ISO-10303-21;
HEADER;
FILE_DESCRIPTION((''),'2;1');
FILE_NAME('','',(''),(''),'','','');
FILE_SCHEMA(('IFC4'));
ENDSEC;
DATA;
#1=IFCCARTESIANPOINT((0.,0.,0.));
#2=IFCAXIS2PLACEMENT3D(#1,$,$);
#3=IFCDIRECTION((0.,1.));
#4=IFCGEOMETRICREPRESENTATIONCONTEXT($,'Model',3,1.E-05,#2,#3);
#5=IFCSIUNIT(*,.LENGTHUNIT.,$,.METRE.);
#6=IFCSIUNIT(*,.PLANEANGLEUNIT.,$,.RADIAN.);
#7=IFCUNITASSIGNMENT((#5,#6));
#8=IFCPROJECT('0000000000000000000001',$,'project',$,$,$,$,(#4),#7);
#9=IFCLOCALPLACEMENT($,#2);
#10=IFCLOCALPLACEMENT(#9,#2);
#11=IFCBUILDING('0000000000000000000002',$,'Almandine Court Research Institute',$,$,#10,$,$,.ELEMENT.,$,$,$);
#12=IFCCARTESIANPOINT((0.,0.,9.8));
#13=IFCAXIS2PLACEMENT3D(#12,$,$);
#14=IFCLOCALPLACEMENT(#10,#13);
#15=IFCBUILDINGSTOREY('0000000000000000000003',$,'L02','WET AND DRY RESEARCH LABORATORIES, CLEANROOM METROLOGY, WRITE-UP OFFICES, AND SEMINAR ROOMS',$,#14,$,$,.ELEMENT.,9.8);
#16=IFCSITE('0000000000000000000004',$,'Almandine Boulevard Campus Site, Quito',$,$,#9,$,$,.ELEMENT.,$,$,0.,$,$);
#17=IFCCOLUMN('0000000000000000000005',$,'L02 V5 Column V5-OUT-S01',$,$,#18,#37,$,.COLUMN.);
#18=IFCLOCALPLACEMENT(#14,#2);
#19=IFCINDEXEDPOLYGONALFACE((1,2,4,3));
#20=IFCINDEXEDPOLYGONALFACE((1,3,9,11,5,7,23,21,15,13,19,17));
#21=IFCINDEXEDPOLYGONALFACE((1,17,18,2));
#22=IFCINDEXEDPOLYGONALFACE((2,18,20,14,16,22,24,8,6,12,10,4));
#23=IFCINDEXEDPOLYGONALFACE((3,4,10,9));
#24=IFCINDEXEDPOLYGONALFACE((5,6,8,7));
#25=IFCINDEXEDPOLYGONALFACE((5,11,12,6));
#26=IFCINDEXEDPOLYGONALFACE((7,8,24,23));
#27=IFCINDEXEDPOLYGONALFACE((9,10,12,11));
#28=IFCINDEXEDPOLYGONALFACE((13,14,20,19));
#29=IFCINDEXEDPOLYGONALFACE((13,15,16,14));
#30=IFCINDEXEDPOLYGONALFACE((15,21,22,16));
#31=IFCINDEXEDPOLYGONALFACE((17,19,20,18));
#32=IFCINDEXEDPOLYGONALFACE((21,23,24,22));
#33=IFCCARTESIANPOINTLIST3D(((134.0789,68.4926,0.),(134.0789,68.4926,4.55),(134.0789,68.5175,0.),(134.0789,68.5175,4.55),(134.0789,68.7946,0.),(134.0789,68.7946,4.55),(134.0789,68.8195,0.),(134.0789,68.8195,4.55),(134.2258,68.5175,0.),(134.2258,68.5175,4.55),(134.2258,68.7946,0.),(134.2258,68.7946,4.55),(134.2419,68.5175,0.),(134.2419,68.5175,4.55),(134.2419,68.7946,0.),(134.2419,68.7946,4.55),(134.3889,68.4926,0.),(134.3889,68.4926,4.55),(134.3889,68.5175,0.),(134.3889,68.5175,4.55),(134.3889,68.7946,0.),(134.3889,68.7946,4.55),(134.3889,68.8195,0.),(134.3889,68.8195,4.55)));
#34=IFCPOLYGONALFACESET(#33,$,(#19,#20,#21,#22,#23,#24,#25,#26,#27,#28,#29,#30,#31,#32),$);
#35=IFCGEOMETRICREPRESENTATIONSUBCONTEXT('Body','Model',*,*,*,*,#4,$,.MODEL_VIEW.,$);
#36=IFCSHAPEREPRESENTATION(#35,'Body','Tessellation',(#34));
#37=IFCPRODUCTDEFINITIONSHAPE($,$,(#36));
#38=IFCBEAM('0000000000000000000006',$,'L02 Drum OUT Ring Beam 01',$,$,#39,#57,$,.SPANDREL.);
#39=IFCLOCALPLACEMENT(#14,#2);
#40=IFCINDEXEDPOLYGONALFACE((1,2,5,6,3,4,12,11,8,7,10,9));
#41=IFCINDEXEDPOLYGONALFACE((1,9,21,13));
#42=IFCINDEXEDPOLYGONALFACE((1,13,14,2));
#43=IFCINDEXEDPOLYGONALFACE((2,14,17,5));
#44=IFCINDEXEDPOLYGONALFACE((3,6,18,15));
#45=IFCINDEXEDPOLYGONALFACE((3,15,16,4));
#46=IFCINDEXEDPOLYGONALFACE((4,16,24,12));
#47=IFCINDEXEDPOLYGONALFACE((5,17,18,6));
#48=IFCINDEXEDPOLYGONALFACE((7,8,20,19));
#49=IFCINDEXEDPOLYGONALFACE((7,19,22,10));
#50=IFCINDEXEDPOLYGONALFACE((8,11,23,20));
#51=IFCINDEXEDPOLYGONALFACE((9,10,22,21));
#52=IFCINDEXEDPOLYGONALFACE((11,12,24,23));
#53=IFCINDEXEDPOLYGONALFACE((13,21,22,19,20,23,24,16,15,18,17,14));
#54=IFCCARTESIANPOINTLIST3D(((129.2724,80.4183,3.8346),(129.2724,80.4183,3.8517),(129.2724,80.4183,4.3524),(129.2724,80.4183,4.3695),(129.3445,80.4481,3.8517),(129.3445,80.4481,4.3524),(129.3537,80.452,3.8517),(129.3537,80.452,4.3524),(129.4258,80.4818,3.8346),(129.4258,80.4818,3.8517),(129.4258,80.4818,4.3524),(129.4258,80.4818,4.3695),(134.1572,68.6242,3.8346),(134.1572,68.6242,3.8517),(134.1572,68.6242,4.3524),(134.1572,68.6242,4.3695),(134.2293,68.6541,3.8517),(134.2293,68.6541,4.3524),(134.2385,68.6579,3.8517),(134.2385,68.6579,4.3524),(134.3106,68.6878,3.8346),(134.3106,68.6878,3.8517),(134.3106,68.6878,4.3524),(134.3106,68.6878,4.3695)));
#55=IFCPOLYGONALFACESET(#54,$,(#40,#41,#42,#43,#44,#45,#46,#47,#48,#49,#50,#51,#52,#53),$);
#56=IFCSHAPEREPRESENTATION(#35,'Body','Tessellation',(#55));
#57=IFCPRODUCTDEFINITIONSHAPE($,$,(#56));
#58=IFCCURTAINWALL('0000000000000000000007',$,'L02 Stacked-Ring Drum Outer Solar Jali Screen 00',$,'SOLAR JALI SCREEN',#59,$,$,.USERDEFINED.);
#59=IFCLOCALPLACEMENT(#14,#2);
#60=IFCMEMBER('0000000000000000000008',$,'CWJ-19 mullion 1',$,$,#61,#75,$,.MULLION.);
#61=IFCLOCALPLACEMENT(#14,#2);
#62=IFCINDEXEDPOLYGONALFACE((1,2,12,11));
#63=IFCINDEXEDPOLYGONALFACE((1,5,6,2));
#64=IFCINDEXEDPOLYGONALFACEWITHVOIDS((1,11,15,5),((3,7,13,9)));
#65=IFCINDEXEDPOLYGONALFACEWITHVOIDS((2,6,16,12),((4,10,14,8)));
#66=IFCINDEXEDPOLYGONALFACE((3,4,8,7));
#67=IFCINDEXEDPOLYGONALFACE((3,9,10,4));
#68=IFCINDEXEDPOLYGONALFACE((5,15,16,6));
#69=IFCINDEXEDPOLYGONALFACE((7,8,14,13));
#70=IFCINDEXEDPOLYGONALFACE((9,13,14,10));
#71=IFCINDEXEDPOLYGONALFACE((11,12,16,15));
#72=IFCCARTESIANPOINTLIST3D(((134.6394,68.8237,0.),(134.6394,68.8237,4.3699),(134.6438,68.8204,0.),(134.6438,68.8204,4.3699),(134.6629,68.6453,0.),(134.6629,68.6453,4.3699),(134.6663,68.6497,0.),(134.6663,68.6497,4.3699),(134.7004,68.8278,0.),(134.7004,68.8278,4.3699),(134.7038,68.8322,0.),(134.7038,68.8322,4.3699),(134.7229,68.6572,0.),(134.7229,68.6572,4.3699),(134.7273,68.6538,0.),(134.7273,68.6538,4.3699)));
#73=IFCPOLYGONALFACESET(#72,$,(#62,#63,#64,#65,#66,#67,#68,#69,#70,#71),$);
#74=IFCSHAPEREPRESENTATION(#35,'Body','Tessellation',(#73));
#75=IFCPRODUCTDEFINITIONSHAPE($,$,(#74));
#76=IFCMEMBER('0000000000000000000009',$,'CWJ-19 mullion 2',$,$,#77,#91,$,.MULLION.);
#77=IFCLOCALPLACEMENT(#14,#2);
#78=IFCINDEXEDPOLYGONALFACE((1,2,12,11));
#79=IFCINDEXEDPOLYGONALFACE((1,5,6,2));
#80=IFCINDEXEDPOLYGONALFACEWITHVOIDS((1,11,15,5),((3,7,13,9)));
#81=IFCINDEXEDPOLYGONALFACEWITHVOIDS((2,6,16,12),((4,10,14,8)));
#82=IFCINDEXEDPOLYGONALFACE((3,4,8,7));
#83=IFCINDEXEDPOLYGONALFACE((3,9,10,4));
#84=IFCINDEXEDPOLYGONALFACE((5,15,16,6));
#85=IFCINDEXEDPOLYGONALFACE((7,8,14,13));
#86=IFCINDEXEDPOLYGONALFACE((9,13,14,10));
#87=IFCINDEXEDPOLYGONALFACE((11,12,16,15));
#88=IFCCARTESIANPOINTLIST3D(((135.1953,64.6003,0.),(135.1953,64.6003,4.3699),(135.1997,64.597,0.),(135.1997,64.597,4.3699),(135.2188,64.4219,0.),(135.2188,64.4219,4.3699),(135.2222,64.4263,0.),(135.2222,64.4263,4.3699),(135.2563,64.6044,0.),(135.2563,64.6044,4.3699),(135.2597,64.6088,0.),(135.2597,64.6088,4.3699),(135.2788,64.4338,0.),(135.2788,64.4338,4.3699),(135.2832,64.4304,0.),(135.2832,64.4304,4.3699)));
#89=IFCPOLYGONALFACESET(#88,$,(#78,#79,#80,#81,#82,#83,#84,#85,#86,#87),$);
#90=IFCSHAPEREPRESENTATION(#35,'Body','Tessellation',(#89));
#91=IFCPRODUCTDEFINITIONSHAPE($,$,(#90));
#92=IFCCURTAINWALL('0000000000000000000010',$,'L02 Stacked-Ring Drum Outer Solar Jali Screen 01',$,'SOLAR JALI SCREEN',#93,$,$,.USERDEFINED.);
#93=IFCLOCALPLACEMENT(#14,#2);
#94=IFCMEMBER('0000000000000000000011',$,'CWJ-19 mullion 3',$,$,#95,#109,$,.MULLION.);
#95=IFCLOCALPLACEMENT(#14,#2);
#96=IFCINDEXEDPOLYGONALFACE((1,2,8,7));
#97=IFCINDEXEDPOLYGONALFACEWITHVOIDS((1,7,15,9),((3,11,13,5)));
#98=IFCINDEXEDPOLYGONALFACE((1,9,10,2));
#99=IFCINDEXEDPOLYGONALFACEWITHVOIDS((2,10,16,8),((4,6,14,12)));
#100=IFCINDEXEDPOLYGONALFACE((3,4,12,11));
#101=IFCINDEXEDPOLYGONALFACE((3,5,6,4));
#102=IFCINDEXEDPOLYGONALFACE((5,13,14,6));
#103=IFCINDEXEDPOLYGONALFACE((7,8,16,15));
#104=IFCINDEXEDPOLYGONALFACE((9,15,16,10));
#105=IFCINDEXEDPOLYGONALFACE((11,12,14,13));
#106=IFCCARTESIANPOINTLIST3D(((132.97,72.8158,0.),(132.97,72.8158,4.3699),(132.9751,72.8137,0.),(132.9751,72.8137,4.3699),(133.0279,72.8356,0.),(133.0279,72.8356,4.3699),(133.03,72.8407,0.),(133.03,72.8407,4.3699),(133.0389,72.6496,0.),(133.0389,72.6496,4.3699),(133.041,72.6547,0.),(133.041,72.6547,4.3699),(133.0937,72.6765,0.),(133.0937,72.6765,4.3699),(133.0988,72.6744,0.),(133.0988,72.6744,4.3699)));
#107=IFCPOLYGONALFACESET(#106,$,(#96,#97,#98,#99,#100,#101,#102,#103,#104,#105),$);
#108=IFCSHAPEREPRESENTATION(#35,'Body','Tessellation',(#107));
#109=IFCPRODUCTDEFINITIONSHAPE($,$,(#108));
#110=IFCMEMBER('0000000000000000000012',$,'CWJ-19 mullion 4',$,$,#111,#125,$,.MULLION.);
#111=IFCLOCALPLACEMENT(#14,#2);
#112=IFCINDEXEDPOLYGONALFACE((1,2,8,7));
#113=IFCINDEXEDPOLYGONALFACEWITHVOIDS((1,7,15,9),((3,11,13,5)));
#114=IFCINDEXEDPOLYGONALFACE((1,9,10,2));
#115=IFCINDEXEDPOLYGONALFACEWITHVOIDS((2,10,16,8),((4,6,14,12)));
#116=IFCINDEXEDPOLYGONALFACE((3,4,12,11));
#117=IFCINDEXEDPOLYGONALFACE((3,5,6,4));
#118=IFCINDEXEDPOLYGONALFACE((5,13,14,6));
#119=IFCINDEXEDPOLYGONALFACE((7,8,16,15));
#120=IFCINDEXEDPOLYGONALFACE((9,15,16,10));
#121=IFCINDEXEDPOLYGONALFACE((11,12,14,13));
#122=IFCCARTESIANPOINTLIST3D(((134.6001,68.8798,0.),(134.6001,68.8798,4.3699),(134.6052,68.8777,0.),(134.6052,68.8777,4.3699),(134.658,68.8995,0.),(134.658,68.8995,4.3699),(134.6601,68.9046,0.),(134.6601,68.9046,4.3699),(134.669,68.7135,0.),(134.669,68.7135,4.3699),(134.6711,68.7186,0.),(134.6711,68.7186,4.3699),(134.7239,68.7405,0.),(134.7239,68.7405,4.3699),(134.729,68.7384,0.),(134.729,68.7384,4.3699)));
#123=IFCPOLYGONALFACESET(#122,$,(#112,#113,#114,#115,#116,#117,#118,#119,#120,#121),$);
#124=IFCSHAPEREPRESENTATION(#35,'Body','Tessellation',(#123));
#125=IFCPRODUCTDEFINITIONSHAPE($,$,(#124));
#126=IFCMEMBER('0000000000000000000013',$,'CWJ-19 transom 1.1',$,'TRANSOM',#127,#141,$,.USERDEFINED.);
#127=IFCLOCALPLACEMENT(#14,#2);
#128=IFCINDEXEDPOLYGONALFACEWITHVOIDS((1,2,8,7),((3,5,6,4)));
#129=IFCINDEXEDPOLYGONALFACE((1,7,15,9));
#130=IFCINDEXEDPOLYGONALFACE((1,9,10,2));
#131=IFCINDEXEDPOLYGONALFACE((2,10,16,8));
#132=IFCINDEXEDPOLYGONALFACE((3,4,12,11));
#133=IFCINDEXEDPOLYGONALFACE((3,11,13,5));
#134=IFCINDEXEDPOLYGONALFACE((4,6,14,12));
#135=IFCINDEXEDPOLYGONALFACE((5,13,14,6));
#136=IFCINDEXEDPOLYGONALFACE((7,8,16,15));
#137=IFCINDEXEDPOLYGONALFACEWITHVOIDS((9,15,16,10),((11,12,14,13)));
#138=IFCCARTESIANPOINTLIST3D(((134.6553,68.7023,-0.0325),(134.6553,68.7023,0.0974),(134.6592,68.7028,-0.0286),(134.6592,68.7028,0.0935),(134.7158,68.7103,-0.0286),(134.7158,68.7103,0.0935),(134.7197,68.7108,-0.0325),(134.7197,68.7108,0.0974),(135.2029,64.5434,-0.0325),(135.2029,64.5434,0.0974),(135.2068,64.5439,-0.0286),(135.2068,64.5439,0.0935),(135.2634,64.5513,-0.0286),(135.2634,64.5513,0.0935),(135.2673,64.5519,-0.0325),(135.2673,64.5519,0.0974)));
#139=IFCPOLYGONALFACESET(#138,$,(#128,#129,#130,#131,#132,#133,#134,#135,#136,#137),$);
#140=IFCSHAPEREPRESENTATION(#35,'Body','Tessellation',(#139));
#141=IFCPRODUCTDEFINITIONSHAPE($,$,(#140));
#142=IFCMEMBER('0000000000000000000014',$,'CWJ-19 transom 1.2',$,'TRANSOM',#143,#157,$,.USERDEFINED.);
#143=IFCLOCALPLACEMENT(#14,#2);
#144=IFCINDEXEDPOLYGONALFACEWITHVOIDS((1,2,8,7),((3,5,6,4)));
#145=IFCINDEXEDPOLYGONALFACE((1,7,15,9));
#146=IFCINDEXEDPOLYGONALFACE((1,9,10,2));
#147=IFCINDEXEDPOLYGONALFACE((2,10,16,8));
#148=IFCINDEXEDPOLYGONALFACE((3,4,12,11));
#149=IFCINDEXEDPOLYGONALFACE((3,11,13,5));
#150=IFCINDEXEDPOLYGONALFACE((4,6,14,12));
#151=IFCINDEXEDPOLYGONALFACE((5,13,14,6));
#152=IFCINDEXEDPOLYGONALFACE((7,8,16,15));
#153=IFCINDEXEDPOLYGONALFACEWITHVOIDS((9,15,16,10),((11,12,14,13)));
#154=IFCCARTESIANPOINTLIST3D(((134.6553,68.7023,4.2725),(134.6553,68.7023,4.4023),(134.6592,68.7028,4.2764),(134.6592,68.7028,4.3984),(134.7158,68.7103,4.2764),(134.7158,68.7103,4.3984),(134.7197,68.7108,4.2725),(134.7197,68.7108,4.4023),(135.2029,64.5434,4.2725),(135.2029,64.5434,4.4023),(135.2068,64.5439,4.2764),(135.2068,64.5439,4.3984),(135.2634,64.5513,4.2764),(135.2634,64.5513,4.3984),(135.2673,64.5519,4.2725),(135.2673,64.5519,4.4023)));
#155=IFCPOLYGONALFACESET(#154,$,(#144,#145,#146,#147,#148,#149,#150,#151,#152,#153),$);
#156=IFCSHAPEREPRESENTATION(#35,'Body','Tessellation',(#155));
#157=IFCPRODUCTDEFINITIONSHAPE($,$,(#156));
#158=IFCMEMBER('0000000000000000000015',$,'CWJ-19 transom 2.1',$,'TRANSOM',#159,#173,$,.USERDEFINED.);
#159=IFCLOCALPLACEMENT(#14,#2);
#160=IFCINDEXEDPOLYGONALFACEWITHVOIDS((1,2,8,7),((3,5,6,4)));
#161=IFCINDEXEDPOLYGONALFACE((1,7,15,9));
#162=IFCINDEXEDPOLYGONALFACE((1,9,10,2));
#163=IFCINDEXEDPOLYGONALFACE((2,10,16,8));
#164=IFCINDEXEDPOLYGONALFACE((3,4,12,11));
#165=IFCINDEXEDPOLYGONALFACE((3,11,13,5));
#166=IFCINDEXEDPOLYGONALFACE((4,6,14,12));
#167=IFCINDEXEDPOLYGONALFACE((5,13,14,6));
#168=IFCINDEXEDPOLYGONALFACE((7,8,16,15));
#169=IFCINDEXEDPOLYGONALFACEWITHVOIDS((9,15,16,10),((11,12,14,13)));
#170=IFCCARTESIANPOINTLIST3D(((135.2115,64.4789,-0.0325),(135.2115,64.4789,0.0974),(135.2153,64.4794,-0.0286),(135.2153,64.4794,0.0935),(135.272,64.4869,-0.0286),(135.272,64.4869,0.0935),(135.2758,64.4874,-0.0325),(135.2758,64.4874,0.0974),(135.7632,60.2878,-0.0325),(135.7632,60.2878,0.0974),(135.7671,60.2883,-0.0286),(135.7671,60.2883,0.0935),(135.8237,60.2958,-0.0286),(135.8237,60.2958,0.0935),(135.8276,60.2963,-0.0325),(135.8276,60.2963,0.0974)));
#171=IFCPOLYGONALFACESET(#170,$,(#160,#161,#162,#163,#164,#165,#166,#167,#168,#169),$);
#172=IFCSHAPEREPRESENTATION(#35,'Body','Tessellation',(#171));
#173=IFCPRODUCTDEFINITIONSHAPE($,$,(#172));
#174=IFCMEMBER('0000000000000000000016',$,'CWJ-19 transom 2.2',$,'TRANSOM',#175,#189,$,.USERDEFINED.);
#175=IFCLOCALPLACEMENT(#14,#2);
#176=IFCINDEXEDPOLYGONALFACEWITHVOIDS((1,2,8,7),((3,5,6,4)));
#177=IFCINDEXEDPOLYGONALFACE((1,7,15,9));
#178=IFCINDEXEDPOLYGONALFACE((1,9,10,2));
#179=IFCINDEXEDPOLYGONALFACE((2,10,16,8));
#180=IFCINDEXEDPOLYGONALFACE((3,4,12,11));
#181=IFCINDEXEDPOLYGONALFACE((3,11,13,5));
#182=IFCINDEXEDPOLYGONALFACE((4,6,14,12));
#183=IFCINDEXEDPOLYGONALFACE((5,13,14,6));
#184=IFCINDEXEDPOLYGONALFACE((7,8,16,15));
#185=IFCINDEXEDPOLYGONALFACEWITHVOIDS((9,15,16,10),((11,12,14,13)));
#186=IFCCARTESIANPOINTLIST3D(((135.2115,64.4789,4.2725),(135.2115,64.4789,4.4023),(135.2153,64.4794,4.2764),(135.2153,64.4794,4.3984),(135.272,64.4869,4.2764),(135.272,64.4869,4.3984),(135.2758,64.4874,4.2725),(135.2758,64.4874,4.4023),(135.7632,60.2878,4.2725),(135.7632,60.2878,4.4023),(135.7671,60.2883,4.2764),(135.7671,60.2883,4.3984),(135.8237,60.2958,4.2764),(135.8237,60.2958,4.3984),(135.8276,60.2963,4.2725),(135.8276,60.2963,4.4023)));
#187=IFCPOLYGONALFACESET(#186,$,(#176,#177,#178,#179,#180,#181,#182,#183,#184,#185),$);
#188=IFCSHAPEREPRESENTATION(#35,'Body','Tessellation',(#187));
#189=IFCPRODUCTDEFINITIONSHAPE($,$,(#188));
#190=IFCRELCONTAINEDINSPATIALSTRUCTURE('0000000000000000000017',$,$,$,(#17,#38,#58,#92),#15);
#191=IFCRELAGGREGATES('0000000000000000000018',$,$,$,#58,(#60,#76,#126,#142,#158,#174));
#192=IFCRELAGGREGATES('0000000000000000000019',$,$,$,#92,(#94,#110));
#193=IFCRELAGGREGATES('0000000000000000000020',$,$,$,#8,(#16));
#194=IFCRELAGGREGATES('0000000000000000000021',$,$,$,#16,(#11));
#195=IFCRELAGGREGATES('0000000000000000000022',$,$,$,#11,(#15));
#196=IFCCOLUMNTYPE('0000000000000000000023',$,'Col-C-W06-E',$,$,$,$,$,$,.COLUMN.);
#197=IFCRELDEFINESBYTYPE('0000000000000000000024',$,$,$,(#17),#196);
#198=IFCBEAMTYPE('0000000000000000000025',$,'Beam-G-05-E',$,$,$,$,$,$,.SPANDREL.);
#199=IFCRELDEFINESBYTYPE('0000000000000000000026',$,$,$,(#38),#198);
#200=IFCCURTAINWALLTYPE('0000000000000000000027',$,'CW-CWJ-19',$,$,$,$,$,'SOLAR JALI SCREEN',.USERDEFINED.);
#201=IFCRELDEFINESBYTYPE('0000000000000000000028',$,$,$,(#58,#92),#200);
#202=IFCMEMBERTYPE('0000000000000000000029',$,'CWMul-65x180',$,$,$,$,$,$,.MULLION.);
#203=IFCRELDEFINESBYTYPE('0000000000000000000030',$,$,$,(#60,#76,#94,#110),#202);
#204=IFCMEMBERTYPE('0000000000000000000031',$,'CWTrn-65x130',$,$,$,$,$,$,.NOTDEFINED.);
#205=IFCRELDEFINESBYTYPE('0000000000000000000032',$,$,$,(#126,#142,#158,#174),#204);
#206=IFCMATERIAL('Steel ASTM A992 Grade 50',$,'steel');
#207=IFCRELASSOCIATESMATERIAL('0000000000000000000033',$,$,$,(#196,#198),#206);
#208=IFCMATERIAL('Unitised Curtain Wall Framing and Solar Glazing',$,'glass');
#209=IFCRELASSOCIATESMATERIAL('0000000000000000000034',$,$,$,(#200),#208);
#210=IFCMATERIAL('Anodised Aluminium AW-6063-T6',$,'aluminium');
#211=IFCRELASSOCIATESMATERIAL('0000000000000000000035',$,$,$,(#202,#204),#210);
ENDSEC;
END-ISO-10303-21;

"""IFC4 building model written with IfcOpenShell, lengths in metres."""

from ifc_helpers import new_model, si_unit, direction, frame, origin, origin_2d, place, context, subcontext, project, spatial, hollow_rectangle, i_section, extrude, material, material_profile, profile_set, type_object, element, aggregate, save


model = new_model("IFC4")

# Units and contexts
model_context = context("Model", 3, precision=1e-05, world=origin(), true_north=direction((0.0, 1.0)))
body_context = subcontext(model_context, "Body", "Model", "MODEL_VIEW")
ifc_project = project(units=[si_unit("LENGTHUNIT", "METRE"), si_unit("PLANEANGLEUNIT", "RADIAN")], contexts=[model_context])

# Site, building, storey
site_placement = place(None, origin())
site = spatial("IfcSite", under=ifc_project, at=site_placement, Name="Almandine Boulevard Campus Site, Quito", CompositionType="ELEMENT", RefElevation=0.0)
building_placement = place(site_placement, origin())
building = spatial("IfcBuilding", under=site, at=building_placement, Name="Almandine Court Research Institute", CompositionType="ELEMENT")
storey_placement = place(building_placement, frame((0.0, 0.0, 9.8)))
storey = spatial("IfcBuildingStorey", under=building, at=storey_placement, Name="L02", Description="WET AND DRY RESEARCH LABORATORIES, CLEANROOM METROLOGY, WRITE-UP OFFICES, AND SEMINAR ROOMS", CompositionType="ELEMENT", Elevation=9.8)

# Column
ifc_material_1 = material(Name="Steel ASTM A992 Grade 50", Category="steel")
ifc_material_profile_1 = material_profile(ifc_material_1, i_section(OverallWidth=0.3101, OverallDepth=0.3269, WebThickness=0.0161, FlangeThickness=0.0249, at=origin_2d()), Name="W310x158")
ifc_profile_set_1 = profile_set([ifc_material_profile_1], Name="Steel ASTM A992 Grade 50")
column_type = type_object("IfcColumnType", Name="Col-C-W06-E", PredefinedType="COLUMN", material=ifc_profile_set_1)
column_placement = place(storey_placement, frame((134.2339, 68.656, 0.0), z_axis=(0.0, 0.0, 1.0), x_axis=(1.0, 0.0, 0.0)))
element("IfcColumn", 1, at=column_placement, inside=storey, type_object=column_type, Name="L02 V5 Column V5-OUT-S01", PredefinedType="COLUMN", context=body_context, shape_type="SweptSolid", body=[
    extrude(i_section(OverallWidth=0.3101, OverallDepth=0.3269, WebThickness=0.0161, FlangeThickness=0.0249, at=origin_2d()), origin(), (0.0, 0.0, 1.0), 4.55),
])

# Beam
ifc_material_profile_2 = material_profile(ifc_material_1, i_section(OverallWidth=0.166, OverallDepth=0.5349, WebThickness=0.01, FlangeThickness=0.0171, at=origin_2d()), Name="W530x85")
ifc_profile_set_2 = profile_set([ifc_material_profile_2], Name="Steel ASTM A992 Grade 50")
beam_type = type_object("IfcBeamType", Name="Beam-G-05-E", PredefinedType="SPANDREL", material=ifc_profile_set_2)
beam_placement = place(storey_placement, frame((134.2339, 68.656, 4.1021), z_axis=(-0.382654, 0.923892, 0.0), x_axis=(-0.923892, -0.382654, 0.0)))
element("IfcBeam", 2, at=beam_placement, inside=storey, type_object=beam_type, Name="L02 Drum OUT Ring Beam 01", PredefinedType="SPANDREL", context=body_context, shape_type="SweptSolid", body=[
    extrude(i_section(OverallWidth=0.166, OverallDepth=0.5349, WebThickness=0.01, FlangeThickness=0.0171, at=origin_2d()), origin(), (0.0, 0.0, 1.0), 12.7656),
])

# Curtain walls, members
ifc_material_2 = material(Name="Unitised Curtain Wall Framing and Solar Glazing", Category="glass")
curtain_wall_type = type_object("IfcCurtainWallType", Name="CW-CWJ-19", ElementType="SOLAR JALI SCREEN", PredefinedType="USERDEFINED", material=ifc_material_2)
curtain_wall_1_placement = place(storey_placement, origin())
curtain_wall_1 = element("IfcCurtainWall", 3, at=curtain_wall_1_placement, inside=storey, type_object=curtain_wall_type, Name="L02 Stacked-Ring Drum Outer Solar Jali Screen 00", ObjectType="SOLAR JALI SCREEN", PredefinedType="USERDEFINED")
ifc_material_3 = material(Name="Anodised Aluminium AW-6063-T6", Category="aluminium")
ifc_material_profile_3 = material_profile(ifc_material_3, hollow_rectangle(XDim=0.0649, YDim=0.1799, WallThickness=0.0039, at=origin_2d()), Name="ALU RHS 65x180x4")
ifc_profile_set_3 = profile_set([ifc_material_profile_3], Name="Anodised Aluminium AW-6063-T6")
member_type_1 = type_object("IfcMemberType", Name="CWMul-65x180", PredefinedType="MULLION", material=ifc_profile_set_3)
member_1_placement = place(storey_placement, frame((134.6833, 68.7388, 0.0), z_axis=(0.0, 0.0, 1.0), x_axis=(0.991443, 0.130541, 0.0)))
member_1 = element("IfcMember", 4, at=member_1_placement, type_object=member_type_1, Name="CWJ-19 mullion 1", PredefinedType="MULLION", context=body_context, shape_type="SweptSolid", body=[
    extrude(hollow_rectangle(XDim=0.0649, YDim=0.1799, WallThickness=0.0039, at=origin_2d()), origin(), (0.0, 0.0, 1.0), 4.3699),
])
member_2_placement = place(storey_placement, frame((135.2393, 64.5154, 0.0), z_axis=(0.0, 0.0, 1.0), x_axis=(0.991443, 0.130541, 0.0)))
member_2 = element("IfcMember", 5, at=member_2_placement, type_object=member_type_1, Name="CWJ-19 mullion 2", PredefinedType="MULLION", context=body_context, shape_type="SweptSolid", body=[
    extrude(hollow_rectangle(XDim=0.0649, YDim=0.1799, WallThickness=0.0039, at=origin_2d()), origin(), (0.0, 0.0, 1.0), 4.3699),
])
curtain_wall_2_placement = place(storey_placement, origin())
curtain_wall_2 = element("IfcCurtainWall", 6, at=curtain_wall_2_placement, inside=storey, type_object=curtain_wall_type, Name="L02 Stacked-Ring Drum Outer Solar Jali Screen 01", ObjectType="SOLAR JALI SCREEN", PredefinedType="USERDEFINED")
member_3_placement = place(storey_placement, frame((133.0344, 72.7451, 0.0), z_axis=(0.0, 0.0, 1.0), x_axis=(0.923888, 0.382663, 0.0)))
member_3 = element("IfcMember", 7, at=member_3_placement, type_object=member_type_1, Name="CWJ-19 mullion 3", PredefinedType="MULLION", context=body_context, shape_type="SweptSolid", body=[
    extrude(hollow_rectangle(XDim=0.0649, YDim=0.1799, WallThickness=0.0039, at=origin_2d()), origin(), (0.0, 0.0, 1.0), 4.3699),
])
member_4_placement = place(storey_placement, frame((134.6646, 68.8091, 0.0), z_axis=(0.0, 0.0, 1.0), x_axis=(0.923888, 0.382663, 0.0)))
member_4 = element("IfcMember", 8, at=member_4_placement, type_object=member_type_1, Name="CWJ-19 mullion 4", PredefinedType="MULLION", context=body_context, shape_type="SweptSolid", body=[
    extrude(hollow_rectangle(XDim=0.0649, YDim=0.1799, WallThickness=0.0039, at=origin_2d()), origin(), (0.0, 0.0, 1.0), 4.3699),
])

# Members
ifc_material_profile_4 = material_profile(ifc_material_3, hollow_rectangle(XDim=0.0649, YDim=0.1299, WallThickness=0.0039, at=origin_2d()), Name="ALU RHS 65x130x4")
ifc_profile_set_4 = profile_set([ifc_material_profile_4], Name="Anodised Aluminium AW-6063-T6")
member_type_2 = type_object("IfcMemberType", Name="CWTrn-65x130", PredefinedType="NOTDEFINED", material=ifc_profile_set_4)
member_5_placement = place(storey_placement, frame((134.6875, 68.7065, 0.0325), z_axis=(0.130543, -0.991443, 0.0), x_axis=(0.991443, 0.130543, 0.0)))
member_5 = element("IfcMember", 9, at=member_5_placement, type_object=member_type_2, Name="CWJ-19 transom 1.1", ObjectType="TRANSOM", PredefinedType="USERDEFINED", context=body_context, shape_type="SweptSolid", body=[
    extrude(hollow_rectangle(XDim=0.0649, YDim=0.1299, WallThickness=0.0039, at=origin_2d()), origin(), (0.0, 0.0, 1.0), 4.1948),
])
member_6_placement = place(storey_placement, frame((134.6875, 68.7065, 4.3374), z_axis=(0.130543, -0.991443, 0.0), x_axis=(0.991443, 0.130543, 0.0)))
member_6 = element("IfcMember", 10, at=member_6_placement, type_object=member_type_2, Name="CWJ-19 transom 1.2", ObjectType="TRANSOM", PredefinedType="USERDEFINED", context=body_context, shape_type="SweptSolid", body=[
    extrude(hollow_rectangle(XDim=0.0649, YDim=0.1299, WallThickness=0.0039, at=origin_2d()), origin(), (0.0, 0.0, 1.0), 4.1948),
])
member_7_placement = place(storey_placement, frame((135.2437, 64.4832, 0.0325), z_axis=(0.130522, -0.991445, 0.0), x_axis=(0.991445, 0.130522, 0.0)))
member_7 = element("IfcMember", 11, at=member_7_placement, type_object=member_type_2, Name="CWJ-19 transom 2.1", ObjectType="TRANSOM", PredefinedType="USERDEFINED", context=body_context, shape_type="SweptSolid", body=[
    extrude(hollow_rectangle(XDim=0.0649, YDim=0.1299, WallThickness=0.0039, at=origin_2d()), origin(), (0.0, 0.0, 1.0), 4.2273),
])
member_8_placement = place(storey_placement, frame((135.2437, 64.4832, 4.3374), z_axis=(0.130522, -0.991445, 0.0), x_axis=(0.991445, 0.130522, 0.0)))
member_8 = element("IfcMember", 12, at=member_8_placement, type_object=member_type_2, Name="CWJ-19 transom 2.2", ObjectType="TRANSOM", PredefinedType="USERDEFINED", context=body_context, shape_type="SweptSolid", body=[
    extrude(hollow_rectangle(XDim=0.0649, YDim=0.1299, WallThickness=0.0039, at=origin_2d()), origin(), (0.0, 0.0, 1.0), 4.2273),
])

aggregate(curtain_wall_1, [member_1, member_2, member_5, member_6, member_7, member_8])
aggregate(curtain_wall_2, [member_3, member_4])

save(model, "model.ifc")
